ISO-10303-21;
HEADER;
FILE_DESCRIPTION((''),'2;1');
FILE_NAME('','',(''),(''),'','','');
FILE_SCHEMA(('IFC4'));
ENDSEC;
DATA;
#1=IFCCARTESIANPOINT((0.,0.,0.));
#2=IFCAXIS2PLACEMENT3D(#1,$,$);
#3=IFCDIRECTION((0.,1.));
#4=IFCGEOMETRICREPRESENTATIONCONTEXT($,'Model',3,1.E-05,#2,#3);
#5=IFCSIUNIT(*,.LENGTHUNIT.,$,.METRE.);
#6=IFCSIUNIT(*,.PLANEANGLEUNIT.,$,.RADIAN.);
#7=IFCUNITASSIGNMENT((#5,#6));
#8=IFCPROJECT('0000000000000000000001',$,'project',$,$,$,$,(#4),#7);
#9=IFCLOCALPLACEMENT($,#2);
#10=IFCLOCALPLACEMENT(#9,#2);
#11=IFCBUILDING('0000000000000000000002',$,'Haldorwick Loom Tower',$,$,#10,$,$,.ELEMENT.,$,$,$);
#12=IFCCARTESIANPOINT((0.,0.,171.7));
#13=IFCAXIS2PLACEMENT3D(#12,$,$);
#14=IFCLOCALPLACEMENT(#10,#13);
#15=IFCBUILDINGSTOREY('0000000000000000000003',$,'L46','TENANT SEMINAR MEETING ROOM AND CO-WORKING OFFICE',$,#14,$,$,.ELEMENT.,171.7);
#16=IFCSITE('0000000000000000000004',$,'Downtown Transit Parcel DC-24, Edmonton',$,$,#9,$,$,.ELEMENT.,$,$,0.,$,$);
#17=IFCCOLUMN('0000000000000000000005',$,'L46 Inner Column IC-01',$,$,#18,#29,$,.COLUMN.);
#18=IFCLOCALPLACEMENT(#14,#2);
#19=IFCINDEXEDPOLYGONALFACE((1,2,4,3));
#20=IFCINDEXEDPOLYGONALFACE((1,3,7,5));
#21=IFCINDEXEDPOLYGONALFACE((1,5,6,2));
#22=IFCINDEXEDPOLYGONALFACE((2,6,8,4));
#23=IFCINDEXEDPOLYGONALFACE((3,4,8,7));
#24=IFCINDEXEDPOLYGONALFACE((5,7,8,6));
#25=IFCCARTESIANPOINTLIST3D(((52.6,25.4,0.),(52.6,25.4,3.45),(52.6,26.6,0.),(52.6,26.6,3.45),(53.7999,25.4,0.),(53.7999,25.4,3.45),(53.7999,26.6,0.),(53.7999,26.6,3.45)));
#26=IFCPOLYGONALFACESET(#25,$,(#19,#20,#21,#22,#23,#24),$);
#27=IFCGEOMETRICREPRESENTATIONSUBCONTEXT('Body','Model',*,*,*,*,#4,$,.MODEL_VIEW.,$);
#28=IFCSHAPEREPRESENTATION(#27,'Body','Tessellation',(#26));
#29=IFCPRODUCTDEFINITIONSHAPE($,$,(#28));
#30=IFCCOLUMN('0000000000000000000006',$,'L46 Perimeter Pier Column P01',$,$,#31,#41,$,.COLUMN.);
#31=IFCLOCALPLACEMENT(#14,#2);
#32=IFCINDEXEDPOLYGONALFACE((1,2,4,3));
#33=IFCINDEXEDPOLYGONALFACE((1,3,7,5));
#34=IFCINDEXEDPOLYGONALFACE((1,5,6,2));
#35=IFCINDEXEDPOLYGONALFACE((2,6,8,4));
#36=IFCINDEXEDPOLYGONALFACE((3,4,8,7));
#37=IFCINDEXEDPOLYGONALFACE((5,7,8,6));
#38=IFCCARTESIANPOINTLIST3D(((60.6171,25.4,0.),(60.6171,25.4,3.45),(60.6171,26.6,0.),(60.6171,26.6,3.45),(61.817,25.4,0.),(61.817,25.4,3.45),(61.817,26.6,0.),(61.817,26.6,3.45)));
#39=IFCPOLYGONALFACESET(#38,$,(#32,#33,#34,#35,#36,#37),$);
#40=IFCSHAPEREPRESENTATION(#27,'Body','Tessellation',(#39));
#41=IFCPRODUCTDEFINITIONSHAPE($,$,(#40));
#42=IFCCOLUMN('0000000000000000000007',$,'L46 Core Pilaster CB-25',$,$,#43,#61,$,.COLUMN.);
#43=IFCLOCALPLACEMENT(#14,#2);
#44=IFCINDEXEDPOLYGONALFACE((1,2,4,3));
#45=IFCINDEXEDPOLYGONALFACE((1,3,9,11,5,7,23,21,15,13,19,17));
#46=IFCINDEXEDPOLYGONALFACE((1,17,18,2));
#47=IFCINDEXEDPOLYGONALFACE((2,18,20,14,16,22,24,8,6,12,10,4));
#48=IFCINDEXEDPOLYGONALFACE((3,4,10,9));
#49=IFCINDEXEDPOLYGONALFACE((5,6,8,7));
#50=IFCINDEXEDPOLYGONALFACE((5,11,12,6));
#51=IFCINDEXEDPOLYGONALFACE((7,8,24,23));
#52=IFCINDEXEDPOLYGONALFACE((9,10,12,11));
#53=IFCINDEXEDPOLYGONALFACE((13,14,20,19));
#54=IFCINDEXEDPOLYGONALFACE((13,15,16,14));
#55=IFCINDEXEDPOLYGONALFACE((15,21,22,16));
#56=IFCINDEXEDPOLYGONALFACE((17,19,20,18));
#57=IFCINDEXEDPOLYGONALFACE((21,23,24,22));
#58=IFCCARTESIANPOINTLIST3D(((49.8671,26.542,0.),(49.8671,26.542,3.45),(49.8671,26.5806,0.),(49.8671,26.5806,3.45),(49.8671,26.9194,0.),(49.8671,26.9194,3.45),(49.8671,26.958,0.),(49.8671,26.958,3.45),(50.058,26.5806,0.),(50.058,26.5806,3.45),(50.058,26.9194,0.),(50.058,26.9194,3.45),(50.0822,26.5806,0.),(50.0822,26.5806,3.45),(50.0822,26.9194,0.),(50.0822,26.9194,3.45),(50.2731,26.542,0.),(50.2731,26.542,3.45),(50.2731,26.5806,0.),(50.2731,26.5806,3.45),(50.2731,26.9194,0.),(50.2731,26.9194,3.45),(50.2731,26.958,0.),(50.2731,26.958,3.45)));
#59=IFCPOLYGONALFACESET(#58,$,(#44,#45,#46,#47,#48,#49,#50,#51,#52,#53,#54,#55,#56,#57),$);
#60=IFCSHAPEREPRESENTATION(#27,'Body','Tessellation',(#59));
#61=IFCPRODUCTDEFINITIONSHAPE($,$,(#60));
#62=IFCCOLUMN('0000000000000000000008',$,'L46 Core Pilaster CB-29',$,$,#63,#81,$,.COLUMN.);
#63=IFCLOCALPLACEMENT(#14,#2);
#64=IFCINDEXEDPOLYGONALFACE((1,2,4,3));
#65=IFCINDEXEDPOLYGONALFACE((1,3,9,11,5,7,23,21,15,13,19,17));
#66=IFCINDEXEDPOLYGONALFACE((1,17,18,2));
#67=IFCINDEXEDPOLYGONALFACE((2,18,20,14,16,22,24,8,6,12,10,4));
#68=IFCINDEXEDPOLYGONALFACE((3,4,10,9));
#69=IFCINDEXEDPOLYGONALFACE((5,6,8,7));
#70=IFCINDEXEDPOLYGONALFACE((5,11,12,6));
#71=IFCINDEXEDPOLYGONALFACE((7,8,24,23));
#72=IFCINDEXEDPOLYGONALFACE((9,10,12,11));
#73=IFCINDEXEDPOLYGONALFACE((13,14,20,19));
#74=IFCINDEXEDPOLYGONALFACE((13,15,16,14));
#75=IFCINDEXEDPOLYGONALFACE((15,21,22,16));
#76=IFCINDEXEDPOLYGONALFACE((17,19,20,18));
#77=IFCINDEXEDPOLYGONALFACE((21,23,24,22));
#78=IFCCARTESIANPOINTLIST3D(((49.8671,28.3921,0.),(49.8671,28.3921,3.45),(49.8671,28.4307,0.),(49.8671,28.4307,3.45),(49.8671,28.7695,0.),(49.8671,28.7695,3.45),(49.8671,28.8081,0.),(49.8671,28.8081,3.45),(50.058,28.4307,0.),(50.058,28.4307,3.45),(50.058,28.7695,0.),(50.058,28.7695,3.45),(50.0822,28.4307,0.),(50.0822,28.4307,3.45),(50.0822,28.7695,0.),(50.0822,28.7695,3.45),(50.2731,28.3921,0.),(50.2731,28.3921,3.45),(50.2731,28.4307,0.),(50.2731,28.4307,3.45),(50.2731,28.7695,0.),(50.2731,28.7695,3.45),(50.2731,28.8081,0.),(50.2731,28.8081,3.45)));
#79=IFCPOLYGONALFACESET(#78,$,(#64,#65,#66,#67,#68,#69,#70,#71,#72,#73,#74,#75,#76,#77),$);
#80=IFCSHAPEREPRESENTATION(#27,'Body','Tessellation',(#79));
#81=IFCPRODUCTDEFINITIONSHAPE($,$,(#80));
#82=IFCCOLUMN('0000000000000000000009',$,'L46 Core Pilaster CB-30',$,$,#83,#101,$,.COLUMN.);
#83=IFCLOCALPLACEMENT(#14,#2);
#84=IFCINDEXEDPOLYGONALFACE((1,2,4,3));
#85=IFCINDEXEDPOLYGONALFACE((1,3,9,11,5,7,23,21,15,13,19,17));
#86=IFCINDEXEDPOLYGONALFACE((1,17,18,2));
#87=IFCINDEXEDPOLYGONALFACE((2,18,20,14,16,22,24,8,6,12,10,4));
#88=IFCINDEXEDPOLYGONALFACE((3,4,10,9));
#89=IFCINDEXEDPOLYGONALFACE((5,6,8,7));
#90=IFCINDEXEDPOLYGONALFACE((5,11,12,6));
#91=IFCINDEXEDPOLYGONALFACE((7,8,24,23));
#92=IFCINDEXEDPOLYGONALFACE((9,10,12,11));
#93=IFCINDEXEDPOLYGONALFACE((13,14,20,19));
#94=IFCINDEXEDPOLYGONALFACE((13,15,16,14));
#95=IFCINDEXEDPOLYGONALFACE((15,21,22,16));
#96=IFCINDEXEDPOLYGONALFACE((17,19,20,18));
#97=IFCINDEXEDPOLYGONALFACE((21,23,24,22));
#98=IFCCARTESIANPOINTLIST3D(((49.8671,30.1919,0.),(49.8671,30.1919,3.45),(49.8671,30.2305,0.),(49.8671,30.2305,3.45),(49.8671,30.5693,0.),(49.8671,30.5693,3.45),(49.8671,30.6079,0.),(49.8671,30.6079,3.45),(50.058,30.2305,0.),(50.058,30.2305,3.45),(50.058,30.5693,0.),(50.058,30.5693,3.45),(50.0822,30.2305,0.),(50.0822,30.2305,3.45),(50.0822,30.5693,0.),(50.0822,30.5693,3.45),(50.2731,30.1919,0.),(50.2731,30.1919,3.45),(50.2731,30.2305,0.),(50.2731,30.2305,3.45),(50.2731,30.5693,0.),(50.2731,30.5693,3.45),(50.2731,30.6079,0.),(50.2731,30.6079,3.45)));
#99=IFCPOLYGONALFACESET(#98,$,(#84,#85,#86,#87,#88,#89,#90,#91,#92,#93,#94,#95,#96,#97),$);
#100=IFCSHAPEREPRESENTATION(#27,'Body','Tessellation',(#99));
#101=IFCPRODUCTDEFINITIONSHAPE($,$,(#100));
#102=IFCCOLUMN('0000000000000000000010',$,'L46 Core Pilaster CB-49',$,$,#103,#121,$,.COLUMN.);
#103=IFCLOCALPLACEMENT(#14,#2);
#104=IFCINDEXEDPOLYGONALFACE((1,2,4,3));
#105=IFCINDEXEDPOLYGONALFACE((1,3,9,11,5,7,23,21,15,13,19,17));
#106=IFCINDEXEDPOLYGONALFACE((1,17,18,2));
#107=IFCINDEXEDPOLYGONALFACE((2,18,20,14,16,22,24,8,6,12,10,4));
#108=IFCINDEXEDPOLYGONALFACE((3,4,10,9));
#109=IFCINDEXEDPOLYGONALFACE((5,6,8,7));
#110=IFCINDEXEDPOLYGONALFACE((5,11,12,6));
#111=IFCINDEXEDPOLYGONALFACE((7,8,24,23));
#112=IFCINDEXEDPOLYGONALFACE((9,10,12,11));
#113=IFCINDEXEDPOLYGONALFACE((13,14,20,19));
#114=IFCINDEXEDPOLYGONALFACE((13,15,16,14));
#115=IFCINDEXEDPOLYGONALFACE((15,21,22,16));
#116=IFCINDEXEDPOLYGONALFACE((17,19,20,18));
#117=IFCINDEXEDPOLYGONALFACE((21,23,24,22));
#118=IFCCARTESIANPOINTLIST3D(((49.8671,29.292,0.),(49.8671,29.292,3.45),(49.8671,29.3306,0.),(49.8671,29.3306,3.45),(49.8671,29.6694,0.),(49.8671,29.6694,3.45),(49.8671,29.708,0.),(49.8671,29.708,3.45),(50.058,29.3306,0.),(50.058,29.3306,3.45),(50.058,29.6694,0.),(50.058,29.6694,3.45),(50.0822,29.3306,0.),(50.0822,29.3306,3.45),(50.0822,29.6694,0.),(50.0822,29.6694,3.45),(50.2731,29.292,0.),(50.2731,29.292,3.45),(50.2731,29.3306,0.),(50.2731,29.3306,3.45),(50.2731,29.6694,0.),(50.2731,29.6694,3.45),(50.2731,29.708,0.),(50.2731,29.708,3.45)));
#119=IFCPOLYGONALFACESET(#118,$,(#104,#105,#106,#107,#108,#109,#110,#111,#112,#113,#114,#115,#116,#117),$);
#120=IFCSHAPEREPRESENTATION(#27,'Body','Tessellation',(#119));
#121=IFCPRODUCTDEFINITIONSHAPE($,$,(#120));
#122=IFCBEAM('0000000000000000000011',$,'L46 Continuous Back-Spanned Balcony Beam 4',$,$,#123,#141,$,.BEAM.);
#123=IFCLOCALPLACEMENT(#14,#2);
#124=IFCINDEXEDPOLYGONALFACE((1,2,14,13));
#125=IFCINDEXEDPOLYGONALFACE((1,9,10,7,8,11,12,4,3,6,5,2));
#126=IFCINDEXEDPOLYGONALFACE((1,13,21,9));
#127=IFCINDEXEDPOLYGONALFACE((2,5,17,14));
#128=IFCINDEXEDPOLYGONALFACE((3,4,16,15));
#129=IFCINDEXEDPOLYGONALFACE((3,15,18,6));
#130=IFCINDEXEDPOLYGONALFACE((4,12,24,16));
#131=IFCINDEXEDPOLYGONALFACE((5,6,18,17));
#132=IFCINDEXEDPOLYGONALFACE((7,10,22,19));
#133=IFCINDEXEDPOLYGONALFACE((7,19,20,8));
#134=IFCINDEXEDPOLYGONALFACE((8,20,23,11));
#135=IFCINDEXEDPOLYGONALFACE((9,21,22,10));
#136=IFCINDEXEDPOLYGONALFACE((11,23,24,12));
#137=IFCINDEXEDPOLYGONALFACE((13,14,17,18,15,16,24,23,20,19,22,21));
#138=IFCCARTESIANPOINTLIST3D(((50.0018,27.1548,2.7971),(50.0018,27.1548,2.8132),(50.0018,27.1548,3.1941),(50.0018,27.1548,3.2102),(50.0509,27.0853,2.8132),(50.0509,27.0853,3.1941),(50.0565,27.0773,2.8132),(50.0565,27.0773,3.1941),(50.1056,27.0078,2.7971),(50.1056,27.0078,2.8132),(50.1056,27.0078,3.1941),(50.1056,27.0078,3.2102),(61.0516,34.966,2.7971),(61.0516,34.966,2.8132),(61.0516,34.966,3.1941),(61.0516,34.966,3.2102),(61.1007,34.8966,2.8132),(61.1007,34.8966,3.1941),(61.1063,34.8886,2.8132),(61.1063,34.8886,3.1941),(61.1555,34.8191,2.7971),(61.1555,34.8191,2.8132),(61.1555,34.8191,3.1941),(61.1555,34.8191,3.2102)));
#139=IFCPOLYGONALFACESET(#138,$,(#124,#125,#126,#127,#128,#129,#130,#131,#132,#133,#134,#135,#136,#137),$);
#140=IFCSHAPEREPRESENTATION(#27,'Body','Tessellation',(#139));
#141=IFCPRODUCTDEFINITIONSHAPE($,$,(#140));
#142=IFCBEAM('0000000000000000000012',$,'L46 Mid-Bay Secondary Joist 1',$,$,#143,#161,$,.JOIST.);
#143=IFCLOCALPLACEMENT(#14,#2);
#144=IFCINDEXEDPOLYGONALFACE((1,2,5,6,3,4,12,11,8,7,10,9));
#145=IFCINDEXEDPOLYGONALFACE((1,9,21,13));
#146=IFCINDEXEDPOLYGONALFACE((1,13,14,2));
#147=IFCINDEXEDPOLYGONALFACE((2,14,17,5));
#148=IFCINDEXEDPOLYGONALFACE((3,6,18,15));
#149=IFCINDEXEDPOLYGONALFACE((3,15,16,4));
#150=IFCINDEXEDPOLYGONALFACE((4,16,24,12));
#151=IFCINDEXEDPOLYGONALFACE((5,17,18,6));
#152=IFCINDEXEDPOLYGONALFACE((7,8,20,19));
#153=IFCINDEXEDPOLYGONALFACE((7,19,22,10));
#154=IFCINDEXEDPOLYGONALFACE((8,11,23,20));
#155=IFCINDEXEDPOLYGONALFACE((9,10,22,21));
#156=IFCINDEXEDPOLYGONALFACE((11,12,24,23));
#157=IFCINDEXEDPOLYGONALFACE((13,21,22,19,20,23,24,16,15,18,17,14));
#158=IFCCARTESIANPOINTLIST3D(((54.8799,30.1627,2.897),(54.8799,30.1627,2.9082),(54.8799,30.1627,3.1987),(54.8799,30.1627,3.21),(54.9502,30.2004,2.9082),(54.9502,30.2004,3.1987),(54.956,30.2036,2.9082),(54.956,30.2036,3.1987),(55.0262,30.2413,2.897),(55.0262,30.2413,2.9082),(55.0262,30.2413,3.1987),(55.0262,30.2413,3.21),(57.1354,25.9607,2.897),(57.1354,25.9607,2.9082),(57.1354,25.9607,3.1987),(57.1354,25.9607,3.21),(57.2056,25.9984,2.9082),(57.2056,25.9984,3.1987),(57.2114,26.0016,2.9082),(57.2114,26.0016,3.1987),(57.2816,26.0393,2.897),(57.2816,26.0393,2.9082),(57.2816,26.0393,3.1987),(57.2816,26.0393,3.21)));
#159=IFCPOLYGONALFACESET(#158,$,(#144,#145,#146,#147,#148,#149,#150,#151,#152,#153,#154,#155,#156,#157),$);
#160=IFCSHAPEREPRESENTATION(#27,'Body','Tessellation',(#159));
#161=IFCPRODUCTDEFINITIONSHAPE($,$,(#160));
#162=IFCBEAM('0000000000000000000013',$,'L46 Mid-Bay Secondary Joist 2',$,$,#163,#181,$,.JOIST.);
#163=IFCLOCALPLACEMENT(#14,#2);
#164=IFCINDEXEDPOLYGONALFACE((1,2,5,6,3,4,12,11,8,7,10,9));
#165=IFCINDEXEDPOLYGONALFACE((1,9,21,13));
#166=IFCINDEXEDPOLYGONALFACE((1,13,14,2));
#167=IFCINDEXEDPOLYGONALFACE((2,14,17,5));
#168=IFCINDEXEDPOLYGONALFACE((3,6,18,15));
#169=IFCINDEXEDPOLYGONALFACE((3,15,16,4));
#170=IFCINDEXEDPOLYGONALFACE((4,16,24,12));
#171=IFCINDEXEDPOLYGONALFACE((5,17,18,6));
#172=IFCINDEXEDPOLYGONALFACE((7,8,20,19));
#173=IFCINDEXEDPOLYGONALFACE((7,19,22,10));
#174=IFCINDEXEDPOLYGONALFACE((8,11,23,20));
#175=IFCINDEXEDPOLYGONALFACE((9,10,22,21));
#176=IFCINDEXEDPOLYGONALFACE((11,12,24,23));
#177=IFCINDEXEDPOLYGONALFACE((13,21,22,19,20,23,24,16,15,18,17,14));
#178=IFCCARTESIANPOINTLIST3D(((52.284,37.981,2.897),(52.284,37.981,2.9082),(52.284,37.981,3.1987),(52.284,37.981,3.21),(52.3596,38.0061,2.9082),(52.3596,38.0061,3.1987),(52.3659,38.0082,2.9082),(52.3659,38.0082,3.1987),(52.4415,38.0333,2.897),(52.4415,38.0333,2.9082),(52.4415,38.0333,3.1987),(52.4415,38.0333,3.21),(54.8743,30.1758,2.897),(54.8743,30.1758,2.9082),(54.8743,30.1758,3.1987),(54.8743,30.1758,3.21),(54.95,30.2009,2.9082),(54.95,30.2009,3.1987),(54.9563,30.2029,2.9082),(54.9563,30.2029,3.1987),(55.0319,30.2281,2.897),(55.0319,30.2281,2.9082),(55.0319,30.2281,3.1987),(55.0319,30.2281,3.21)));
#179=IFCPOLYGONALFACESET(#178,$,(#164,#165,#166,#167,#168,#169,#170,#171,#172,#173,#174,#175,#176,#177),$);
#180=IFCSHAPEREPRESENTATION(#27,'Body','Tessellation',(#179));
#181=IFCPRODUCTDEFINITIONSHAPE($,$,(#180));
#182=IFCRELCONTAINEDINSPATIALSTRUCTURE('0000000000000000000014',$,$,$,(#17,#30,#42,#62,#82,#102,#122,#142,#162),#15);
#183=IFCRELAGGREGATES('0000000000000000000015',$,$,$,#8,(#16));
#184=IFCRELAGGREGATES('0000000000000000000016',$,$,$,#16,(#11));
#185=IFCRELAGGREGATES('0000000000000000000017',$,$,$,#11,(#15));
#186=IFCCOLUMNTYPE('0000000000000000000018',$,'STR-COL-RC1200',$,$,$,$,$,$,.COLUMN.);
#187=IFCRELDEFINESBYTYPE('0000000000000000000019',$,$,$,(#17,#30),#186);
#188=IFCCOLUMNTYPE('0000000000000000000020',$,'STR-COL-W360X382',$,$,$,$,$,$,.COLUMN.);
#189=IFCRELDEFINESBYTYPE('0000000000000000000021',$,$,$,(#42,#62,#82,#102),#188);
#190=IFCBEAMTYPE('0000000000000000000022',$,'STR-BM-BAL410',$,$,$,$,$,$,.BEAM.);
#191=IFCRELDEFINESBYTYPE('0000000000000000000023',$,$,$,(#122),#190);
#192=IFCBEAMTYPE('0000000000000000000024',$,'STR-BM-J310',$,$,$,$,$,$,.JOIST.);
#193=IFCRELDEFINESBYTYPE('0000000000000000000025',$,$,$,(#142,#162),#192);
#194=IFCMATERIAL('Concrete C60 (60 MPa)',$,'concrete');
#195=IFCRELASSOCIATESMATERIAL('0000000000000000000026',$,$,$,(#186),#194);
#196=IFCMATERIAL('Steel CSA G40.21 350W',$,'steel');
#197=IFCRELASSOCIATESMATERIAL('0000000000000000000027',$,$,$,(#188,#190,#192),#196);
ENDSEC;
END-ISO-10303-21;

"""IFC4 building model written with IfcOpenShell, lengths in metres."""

from ifc_helpers import new_model, si_unit, direction, frame, origin, origin_2d, place, context, subcontext, project, spatial, rectangle, i_section, extrude, material, material_profile, profile_set, type_object, element, save


model = new_model("IFC4")

# Units and contexts
model_context = context("Model", 3, precision=1e-05, world=origin(), true_north=direction((0.0, 1.0)))
body_context = subcontext(model_context, "Body", "Model", "MODEL_VIEW")
ifc_project = project(units=[si_unit("LENGTHUNIT", "METRE"), si_unit("PLANEANGLEUNIT", "RADIAN")], contexts=[model_context])

# Site, building, storey
site_placement = place(None, origin())
site = spatial("IfcSite", under=ifc_project, at=site_placement, Name="Downtown Transit Parcel DC-24, Edmonton", CompositionType="ELEMENT", RefElevation=0.0)
building_placement = place(site_placement, origin())
building = spatial("IfcBuilding", under=site, at=building_placement, Name="Haldorwick Loom Tower", CompositionType="ELEMENT")
storey_placement = place(building_placement, frame((0.0, 0.0, 171.7)))
storey = spatial("IfcBuildingStorey", under=building, at=storey_placement, Name="L46", Description="TENANT SEMINAR MEETING ROOM AND CO-WORKING OFFICE", CompositionType="ELEMENT", Elevation=171.7)

# Columns
ifc_material_1 = material(Name="Concrete C60 (60 MPa)", Category="concrete")
ifc_material_profile_1 = material_profile(ifc_material_1, rectangle(XDim=1.2, YDim=1.2, at=origin_2d()), Name="RC1200X1200", Category="concrete")
ifc_profile_set_1 = profile_set([ifc_material_profile_1], Name="Concrete C60 (60 MPa)")
column_type_1 = type_object("IfcColumnType", Name="STR-COL-RC1200", PredefinedType="COLUMN", material=ifc_profile_set_1)
for number, where, z_axis, x_axis, name in (
    (1, (53.2, 26.0, 0.0), (0.0, 0.0, 1.0), (1.0, 0.0, 0.0), "L46 Inner Column IC-01"),
    (2, (61.217, 26.0, 0.0), (0.0, 0.0, 1.0), (1.0, 0.0, 0.0), "L46 Perimeter Pier Column P01"),
):
    element("IfcColumn", number, at=place(storey_placement, frame(where, z_axis=z_axis, x_axis=x_axis)), inside=storey, type_object=column_type_1, Name=name, PredefinedType="COLUMN", context=body_context, shape_type="SweptSolid", body=[
        extrude(rectangle(XDim=1.2, YDim=1.2, at=origin_2d()), origin(), (0.0, 0.0, 1.0), 3.45),
    ])
ifc_material_2 = material(Name="Steel CSA G40.21 350W", Category="steel")
ifc_material_profile_2 = material_profile(ifc_material_2, i_section(OverallWidth=0.406, OverallDepth=0.416, WebThickness=0.0242, FlangeThickness=0.0386, at=origin_2d()), Name="W360X382", Category="steel")
ifc_profile_set_2 = profile_set([ifc_material_profile_2], Name="Steel CSA G40.21 350W")
column_type_2 = type_object("IfcColumnType", Name="STR-COL-W360X382", PredefinedType="COLUMN", material=ifc_profile_set_2)
for number, where, z_axis, x_axis, name in (
    (3, (50.0701, 26.75, 0.0), (0.0, 0.0, 1.0), (1.0, 0.0, 0.0), "L46 Core Pilaster CB-25"),
    (4, (50.0701, 28.6001, 0.0), (0.0, 0.0, 1.0), (1.0, 0.0, 0.0), "L46 Core Pilaster CB-29"),
    (5, (50.0701, 30.3999, 0.0), (0.0, 0.0, 1.0), (1.0, 0.0, 0.0), "L46 Core Pilaster CB-30"),
    (6, (50.0701, 29.5, 0.0), (0.0, 0.0, 1.0), (1.0, 0.0, 0.0), "L46 Core Pilaster CB-49"),
):
    element("IfcColumn", number, at=place(storey_placement, frame(where, z_axis=z_axis, x_axis=x_axis)), inside=storey, type_object=column_type_2, Name=name, PredefinedType="COLUMN", context=body_context, shape_type="SweptSolid", body=[
        extrude(i_section(OverallWidth=0.406, OverallDepth=0.416, WebThickness=0.0242, FlangeThickness=0.0386, at=origin_2d()), origin(), (0.0, 0.0, 1.0), 3.45),
    ])

# Beams
ifc_material_profile_3 = material_profile(ifc_material_2, i_section(OverallWidth=0.1799, OverallDepth=0.4131, WebThickness=0.0098, FlangeThickness=0.0161, at=origin_2d()), Name="W410X74", Category="steel")
ifc_profile_set_3 = profile_set([ifc_material_profile_3], Name="Steel CSA G40.21 350W")
beam_type_1 = type_object("IfcBeamType", Name="STR-BM-BAL410", PredefinedType="BEAM", material=ifc_profile_set_3)
beam_1_placement = place(storey_placement, frame((50.0537, 27.0813, 3.0037), z_axis=(0.81657, 0.577246, 0.0), x_axis=(-0.577246, 0.81657, 0.0)))
element("IfcBeam", 7, at=beam_1_placement, inside=storey, type_object=beam_type_1, Name="L46 Continuous Back-Spanned Balcony Beam 4", PredefinedType="BEAM", context=body_context, shape_type="SweptSolid", body=[
    extrude(i_section(OverallWidth=0.1799, OverallDepth=0.4131, WebThickness=0.0098, FlangeThickness=0.0161, at=origin_2d()), origin(), (0.0, 0.0, 1.0), 13.532),
])
ifc_material_profile_4 = material_profile(ifc_material_2, i_section(OverallWidth=0.166, OverallDepth=0.313, WebThickness=0.0066, FlangeThickness=0.0112, at=origin_2d()), Name="W310X45", Category="steel")
ifc_profile_set_4 = profile_set([ifc_material_profile_4], Name="Steel CSA G40.21 350W")
beam_type_2 = type_object("IfcBeamType", Name="STR-BM-J310", PredefinedType="JOIST", material=ifc_profile_set_4)
beam_2_placement = place(storey_placement, frame((57.2085, 26.0, 3.0535), z_axis=(-0.47293, 0.8811, 0.0), x_axis=(-0.8811, -0.47293, 0.0)))
element("IfcBeam", 8, at=beam_2_placement, inside=storey, type_object=beam_type_2, Name="L46 Mid-Bay Secondary Joist 1", PredefinedType="JOIST", context=body_context, shape_type="SweptSolid", body=[
    extrude(i_section(OverallWidth=0.166, OverallDepth=0.313, WebThickness=0.0066, FlangeThickness=0.0112, at=origin_2d()), origin(), (0.0, 0.0, 1.0), 4.769),
])
beam_3_placement = place(storey_placement, frame((54.9531, 30.2019, 3.0535), z_axis=(-0.314981, 0.949098, 0.0), x_axis=(-0.949098, -0.314981, 0.0)))
element("IfcBeam", 9, at=beam_3_placement, inside=storey, type_object=beam_type_2, Name="L46 Mid-Bay Secondary Joist 2", PredefinedType="JOIST", context=body_context, shape_type="SweptSolid", body=[
    extrude(i_section(OverallWidth=0.166, OverallDepth=0.313, WebThickness=0.0066, FlangeThickness=0.0112, at=origin_2d()), origin(), (0.0, 0.0, 1.0), 8.2239),
])

save(model, "model.ifc")
